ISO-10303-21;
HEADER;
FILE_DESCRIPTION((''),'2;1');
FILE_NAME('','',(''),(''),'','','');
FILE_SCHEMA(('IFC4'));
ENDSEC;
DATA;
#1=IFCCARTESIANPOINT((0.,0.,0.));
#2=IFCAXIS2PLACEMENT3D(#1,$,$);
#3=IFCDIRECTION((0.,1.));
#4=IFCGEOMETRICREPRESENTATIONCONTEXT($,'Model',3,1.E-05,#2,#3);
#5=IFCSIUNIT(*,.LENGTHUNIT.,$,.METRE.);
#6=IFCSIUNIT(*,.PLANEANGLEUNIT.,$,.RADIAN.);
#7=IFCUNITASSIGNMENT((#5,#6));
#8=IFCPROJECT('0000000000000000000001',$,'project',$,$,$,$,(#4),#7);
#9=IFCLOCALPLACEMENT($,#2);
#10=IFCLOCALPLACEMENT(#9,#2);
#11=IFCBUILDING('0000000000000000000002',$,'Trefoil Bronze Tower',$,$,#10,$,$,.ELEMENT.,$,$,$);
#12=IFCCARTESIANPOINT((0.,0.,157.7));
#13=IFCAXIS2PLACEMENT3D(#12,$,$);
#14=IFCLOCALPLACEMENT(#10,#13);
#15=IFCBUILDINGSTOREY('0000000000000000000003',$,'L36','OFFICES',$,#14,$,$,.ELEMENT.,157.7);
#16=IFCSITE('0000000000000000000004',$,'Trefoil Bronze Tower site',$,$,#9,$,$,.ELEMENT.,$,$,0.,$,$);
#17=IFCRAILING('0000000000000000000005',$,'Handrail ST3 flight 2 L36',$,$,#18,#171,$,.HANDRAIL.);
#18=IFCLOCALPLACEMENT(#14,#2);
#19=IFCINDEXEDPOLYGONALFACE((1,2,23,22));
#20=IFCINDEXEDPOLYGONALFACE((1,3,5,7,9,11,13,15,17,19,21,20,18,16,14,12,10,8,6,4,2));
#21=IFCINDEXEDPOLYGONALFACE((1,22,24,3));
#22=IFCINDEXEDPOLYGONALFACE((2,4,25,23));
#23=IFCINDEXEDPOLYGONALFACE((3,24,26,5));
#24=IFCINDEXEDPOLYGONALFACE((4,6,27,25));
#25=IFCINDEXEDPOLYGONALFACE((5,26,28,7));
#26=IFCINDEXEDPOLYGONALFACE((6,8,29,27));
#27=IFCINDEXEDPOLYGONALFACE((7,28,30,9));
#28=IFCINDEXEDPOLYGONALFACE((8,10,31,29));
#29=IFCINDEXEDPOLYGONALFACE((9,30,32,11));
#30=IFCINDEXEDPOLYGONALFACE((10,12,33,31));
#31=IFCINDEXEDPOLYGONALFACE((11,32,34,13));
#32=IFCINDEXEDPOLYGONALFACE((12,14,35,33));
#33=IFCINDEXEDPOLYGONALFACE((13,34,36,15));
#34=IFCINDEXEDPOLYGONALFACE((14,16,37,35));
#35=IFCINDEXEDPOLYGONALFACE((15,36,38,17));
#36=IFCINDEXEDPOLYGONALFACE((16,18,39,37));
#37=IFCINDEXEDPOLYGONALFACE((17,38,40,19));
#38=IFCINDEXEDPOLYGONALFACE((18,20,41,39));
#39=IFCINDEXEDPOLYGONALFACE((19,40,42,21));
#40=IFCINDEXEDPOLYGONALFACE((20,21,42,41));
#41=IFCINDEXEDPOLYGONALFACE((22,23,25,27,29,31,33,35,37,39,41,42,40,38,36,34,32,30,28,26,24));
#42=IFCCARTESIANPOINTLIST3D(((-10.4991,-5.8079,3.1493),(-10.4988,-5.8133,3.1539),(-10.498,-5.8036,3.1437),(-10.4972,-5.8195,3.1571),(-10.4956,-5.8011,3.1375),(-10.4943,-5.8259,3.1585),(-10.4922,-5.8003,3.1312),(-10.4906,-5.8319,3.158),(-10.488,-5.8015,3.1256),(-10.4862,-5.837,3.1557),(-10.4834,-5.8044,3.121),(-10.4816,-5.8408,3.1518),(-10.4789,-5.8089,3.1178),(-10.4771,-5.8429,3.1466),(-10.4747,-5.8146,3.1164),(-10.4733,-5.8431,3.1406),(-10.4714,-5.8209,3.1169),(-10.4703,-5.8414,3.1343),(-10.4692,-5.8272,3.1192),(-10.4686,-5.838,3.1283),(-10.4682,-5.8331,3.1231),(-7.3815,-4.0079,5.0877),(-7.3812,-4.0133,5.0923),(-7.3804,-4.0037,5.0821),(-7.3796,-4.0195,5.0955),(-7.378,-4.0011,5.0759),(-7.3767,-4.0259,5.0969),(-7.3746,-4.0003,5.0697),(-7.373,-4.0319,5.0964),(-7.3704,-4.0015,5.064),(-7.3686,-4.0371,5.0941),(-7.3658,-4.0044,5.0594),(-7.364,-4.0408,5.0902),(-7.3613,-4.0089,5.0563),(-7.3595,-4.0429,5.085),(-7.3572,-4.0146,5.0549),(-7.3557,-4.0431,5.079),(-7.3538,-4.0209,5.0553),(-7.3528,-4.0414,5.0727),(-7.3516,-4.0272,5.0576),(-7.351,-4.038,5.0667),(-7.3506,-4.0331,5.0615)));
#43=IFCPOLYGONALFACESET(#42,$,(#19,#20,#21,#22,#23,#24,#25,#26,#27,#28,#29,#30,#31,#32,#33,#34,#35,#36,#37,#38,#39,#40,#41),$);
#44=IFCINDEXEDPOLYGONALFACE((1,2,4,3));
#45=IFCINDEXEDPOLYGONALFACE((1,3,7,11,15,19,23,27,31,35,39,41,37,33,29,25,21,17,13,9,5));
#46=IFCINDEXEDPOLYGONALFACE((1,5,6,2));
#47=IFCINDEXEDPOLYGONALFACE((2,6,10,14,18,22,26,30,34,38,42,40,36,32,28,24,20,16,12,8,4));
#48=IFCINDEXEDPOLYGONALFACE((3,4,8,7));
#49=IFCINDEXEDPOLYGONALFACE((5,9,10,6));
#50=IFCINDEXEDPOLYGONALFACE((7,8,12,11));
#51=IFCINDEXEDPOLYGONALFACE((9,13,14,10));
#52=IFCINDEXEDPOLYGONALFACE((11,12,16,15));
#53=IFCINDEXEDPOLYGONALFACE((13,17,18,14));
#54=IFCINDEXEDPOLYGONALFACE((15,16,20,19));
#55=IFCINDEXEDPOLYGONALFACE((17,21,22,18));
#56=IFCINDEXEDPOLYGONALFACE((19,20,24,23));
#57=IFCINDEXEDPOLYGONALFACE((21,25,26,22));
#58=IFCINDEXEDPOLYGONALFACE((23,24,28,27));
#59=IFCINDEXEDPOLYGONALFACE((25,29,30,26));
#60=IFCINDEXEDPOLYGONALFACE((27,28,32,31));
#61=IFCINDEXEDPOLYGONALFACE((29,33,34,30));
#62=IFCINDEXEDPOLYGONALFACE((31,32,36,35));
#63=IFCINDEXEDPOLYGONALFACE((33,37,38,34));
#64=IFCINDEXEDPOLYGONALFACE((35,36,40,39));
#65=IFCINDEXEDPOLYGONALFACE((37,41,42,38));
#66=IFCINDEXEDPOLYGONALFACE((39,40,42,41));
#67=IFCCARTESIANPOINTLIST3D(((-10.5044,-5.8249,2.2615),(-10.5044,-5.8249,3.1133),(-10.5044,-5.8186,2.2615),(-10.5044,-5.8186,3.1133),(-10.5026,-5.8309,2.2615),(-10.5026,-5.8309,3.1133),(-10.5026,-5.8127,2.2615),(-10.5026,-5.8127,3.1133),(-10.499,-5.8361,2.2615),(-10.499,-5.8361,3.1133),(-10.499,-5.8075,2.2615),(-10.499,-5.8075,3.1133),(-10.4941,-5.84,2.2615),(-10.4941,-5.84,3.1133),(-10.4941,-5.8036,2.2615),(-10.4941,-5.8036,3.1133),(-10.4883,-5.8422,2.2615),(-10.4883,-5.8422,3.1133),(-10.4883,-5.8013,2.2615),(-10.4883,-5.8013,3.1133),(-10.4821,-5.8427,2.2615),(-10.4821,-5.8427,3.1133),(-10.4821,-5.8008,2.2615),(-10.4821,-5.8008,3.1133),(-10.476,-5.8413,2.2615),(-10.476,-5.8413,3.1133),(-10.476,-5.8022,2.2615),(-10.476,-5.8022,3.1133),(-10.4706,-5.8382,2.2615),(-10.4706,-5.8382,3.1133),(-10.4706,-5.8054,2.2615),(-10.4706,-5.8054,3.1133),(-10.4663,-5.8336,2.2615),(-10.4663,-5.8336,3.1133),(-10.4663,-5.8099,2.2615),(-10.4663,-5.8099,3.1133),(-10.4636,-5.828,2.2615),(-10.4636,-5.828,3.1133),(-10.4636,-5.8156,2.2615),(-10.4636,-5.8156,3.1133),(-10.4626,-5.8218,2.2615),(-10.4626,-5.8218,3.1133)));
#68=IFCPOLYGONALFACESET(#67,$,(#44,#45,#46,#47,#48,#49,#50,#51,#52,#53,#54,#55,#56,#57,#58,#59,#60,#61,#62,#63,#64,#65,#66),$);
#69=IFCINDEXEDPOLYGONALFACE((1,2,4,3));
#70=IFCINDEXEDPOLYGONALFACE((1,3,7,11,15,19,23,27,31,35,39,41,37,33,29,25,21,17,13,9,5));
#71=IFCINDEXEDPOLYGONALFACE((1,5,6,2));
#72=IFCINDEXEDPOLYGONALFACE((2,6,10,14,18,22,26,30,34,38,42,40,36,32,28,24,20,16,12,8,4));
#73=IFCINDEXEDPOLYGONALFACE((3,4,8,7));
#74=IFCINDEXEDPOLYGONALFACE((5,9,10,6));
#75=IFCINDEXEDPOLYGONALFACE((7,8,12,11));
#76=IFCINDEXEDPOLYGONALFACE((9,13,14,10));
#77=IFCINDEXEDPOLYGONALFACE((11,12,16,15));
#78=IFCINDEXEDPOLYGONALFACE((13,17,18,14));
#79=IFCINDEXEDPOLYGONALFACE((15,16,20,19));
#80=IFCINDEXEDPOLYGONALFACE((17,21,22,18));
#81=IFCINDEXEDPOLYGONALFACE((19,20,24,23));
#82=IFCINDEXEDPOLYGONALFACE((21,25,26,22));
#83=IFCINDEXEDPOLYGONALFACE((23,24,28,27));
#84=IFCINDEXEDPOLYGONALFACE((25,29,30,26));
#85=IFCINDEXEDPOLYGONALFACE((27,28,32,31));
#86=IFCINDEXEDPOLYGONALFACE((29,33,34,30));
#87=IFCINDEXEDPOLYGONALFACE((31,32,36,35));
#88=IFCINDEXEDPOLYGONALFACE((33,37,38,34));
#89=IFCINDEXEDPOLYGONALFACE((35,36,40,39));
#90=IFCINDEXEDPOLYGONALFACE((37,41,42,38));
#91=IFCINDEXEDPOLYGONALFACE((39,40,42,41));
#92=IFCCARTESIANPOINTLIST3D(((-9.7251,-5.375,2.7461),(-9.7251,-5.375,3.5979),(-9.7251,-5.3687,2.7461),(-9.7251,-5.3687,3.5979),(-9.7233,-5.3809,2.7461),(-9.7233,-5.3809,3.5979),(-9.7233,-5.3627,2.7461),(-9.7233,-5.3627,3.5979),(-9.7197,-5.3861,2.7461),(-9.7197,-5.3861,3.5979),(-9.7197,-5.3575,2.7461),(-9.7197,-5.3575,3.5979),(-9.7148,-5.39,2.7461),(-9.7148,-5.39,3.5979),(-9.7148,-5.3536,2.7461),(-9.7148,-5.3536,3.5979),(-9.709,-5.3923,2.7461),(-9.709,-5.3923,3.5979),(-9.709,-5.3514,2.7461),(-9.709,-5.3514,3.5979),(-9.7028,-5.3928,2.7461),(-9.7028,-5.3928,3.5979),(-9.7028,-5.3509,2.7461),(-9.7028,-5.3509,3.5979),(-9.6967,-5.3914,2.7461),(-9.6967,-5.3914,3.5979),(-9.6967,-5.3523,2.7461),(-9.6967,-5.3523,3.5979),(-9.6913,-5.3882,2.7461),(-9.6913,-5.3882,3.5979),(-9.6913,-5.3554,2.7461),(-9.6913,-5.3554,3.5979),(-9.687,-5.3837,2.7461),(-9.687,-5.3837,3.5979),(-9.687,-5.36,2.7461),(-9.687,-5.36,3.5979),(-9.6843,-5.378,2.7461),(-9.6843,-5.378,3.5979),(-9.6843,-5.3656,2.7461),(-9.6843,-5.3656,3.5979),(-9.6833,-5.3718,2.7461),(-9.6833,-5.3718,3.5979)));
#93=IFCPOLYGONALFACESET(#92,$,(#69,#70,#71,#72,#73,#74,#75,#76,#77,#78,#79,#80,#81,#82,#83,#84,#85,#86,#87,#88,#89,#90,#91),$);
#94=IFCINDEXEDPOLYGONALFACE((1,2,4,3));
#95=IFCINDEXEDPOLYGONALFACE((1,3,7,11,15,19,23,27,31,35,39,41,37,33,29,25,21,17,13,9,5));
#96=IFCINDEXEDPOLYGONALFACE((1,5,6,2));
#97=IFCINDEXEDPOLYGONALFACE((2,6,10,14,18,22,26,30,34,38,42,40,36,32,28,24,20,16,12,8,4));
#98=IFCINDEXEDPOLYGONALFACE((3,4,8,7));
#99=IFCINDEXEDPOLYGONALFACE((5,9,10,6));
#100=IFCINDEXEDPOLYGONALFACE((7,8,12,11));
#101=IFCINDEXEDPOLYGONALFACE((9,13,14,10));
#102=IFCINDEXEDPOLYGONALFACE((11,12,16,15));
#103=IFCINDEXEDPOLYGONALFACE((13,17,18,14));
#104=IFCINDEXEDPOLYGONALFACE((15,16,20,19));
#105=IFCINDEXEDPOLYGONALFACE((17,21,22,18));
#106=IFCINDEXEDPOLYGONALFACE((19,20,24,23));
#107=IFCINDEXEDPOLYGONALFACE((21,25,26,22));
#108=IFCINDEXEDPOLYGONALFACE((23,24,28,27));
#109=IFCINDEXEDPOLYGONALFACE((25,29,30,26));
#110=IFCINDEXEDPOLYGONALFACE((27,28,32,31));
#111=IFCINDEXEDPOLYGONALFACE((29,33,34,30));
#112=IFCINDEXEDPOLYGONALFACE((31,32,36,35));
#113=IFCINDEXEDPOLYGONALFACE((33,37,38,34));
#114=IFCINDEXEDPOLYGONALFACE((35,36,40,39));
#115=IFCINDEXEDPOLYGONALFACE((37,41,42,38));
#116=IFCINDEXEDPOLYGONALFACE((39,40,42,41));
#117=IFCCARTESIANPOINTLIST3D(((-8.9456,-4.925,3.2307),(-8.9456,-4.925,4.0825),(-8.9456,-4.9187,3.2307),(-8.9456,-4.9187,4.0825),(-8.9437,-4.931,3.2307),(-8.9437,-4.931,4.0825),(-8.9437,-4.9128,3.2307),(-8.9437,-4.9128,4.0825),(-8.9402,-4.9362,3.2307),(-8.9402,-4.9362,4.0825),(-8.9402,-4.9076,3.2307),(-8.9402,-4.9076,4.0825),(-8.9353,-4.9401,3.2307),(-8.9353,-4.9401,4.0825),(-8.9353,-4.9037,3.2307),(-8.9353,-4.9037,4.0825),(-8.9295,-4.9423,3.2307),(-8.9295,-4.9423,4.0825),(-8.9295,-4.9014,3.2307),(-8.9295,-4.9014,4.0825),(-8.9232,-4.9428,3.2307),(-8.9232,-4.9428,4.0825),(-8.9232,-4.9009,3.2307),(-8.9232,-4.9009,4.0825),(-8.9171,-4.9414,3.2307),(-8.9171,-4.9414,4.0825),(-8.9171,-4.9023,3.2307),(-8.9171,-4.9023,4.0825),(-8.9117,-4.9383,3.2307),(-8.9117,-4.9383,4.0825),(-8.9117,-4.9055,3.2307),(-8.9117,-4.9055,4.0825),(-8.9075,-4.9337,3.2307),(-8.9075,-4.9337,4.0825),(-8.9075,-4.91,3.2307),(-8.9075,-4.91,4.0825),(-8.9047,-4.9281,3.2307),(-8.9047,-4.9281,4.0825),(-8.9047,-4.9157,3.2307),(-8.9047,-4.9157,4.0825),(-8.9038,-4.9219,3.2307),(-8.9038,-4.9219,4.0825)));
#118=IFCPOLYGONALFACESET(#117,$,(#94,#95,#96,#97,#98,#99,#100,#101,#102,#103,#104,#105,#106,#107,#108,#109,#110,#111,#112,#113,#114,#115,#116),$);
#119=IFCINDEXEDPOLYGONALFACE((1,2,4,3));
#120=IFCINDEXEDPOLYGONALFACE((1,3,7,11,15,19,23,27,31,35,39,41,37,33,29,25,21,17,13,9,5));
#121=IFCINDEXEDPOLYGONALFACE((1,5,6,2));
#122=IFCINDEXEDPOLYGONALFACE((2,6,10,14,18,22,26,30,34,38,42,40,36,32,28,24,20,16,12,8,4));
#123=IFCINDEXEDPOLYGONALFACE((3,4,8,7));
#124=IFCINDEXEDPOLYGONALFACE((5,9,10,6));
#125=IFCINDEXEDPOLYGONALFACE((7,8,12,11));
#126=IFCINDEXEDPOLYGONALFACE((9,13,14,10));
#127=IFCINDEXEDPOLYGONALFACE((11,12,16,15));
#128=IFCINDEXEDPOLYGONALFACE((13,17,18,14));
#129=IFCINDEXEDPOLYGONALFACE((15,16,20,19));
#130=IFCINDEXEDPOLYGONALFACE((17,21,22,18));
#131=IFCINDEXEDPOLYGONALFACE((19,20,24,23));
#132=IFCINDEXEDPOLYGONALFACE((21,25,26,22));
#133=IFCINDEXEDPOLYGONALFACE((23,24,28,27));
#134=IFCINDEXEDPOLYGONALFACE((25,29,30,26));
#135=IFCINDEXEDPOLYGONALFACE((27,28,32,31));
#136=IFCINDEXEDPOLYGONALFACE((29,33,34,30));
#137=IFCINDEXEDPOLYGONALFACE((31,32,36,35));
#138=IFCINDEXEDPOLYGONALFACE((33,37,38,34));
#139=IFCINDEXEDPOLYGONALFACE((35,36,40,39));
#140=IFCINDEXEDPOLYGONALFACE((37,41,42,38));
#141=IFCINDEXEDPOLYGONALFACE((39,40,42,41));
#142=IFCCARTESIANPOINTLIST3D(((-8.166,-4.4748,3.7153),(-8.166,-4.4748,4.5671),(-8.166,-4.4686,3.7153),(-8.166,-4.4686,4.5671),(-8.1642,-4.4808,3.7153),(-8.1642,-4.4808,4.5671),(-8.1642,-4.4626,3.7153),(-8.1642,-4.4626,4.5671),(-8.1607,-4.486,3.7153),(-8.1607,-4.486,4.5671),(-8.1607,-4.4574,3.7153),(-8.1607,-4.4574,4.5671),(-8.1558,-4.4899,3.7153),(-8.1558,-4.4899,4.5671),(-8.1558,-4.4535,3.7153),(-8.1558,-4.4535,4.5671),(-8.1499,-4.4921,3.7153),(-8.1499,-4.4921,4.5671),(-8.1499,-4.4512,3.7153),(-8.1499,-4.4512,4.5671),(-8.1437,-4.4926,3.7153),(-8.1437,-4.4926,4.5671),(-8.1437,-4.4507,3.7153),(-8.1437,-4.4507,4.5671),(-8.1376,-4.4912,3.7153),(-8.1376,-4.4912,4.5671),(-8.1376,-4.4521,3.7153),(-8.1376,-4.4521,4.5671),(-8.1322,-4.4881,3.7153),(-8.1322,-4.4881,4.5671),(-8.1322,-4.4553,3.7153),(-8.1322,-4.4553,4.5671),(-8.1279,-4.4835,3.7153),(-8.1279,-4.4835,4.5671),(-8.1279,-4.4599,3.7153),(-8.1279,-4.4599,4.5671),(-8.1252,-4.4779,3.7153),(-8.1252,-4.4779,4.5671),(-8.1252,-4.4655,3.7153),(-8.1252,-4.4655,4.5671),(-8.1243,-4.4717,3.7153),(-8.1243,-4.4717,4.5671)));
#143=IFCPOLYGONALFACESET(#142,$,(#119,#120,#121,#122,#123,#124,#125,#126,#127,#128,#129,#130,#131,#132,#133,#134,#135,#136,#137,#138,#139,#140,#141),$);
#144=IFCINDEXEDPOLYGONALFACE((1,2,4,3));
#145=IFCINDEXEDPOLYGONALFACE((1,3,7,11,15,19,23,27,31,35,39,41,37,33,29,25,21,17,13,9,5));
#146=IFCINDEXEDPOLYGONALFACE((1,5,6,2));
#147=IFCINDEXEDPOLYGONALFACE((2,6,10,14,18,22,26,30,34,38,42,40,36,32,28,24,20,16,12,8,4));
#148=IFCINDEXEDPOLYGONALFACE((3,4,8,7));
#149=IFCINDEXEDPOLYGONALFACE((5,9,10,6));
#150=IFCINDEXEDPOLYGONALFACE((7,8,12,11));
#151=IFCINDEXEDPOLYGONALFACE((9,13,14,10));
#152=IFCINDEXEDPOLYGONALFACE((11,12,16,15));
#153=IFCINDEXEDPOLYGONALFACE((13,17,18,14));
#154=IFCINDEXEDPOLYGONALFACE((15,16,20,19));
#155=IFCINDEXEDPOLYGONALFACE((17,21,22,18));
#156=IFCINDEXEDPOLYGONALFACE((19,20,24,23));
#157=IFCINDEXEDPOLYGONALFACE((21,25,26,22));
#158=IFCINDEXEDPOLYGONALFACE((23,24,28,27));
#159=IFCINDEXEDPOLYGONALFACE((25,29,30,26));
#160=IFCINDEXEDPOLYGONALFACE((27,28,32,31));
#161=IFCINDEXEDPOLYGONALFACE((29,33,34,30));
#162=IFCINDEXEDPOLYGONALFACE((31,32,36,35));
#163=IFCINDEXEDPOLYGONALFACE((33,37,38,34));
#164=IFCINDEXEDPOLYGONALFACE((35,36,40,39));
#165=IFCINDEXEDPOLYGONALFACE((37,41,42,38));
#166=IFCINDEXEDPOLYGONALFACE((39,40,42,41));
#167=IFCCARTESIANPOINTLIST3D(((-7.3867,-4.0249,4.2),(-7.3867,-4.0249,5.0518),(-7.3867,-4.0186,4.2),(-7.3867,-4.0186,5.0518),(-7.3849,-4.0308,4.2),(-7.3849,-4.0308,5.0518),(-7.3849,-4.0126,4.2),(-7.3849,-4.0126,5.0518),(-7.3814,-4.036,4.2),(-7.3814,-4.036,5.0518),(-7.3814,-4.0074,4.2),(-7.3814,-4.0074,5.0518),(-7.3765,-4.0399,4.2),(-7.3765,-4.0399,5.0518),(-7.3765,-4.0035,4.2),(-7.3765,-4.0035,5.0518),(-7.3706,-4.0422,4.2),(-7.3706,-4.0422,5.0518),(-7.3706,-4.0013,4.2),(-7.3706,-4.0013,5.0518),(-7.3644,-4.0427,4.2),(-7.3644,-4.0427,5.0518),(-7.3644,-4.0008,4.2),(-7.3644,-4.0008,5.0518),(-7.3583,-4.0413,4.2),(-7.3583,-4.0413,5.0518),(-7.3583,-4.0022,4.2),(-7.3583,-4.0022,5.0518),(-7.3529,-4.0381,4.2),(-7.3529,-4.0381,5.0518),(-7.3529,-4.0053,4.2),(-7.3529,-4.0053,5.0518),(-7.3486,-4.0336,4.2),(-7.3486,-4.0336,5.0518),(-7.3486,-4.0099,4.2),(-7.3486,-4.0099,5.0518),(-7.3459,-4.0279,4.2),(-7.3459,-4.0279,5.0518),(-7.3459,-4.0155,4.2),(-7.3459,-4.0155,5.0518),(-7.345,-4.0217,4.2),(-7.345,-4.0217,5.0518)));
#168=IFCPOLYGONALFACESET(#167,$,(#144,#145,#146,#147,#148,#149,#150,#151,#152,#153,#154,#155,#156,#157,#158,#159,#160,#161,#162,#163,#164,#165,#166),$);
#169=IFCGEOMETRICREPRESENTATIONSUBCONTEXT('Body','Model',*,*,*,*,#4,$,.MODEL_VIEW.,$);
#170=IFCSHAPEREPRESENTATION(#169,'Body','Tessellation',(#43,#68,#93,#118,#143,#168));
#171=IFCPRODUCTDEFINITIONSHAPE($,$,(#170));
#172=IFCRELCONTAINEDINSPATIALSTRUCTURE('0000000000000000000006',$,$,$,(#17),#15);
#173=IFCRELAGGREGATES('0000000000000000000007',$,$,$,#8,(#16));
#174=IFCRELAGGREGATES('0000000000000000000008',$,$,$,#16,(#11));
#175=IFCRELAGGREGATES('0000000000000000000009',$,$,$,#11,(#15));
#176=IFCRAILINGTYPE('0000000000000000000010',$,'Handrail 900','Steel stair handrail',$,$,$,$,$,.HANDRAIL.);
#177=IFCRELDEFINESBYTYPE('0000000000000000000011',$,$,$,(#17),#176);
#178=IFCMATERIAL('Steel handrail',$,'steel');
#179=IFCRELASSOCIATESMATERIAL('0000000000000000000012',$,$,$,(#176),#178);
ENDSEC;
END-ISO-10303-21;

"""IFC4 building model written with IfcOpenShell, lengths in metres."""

from ifc_helpers import new_model, si_unit, direction, frame, origin, origin_2d, place, context, subcontext, project, spatial, circle, extrude, material, type_object, element, save


model = new_model("IFC4")

# Units and contexts
model_context = context("Model", 3, precision=1e-05, world=origin(), true_north=direction((0.0, 1.0)))
body_context = subcontext(model_context, "Body", "Model", "MODEL_VIEW")
ifc_project = project(units=[si_unit("LENGTHUNIT", "METRE"), si_unit("PLANEANGLEUNIT", "RADIAN")], contexts=[model_context])

# Site, building, storey
site_placement = place(None, origin())
site = spatial("IfcSite", under=ifc_project, at=site_placement, Name="Trefoil Bronze Tower site", CompositionType="ELEMENT", RefElevation=0.0)
building_placement = place(site_placement, origin())
building = spatial("IfcBuilding", under=site, at=building_placement, Name="Trefoil Bronze Tower", CompositionType="ELEMENT")
storey_placement = place(building_placement, frame((0.0, 0.0, 157.7)))
storey = spatial("IfcBuildingStorey", under=building, at=storey_placement, Name="L36", Description="OFFICES", CompositionType="ELEMENT", Elevation=157.7)

# Railing
ifc_material_1 = material(Name="Steel handrail", Category="steel")
railing_type = type_object("IfcRailingType", Name="Handrail 900", Description="Steel stair handrail", PredefinedType="HANDRAIL", material=ifc_material_1)
railing_1_placement = place(storey_placement, frame((-10.4836, -5.8218, 2.2615)))
element("IfcRailing", 1, at=railing_1_placement, inside=storey, type_object=railing_type, Name="Handrail ST3 flight 2 L36", PredefinedType="HANDRAIL", context=body_context, shape_type="SweptSolid", body=[
    extrude(circle(Radius=0.0239, at=origin_2d()), frame((0.0, 0.0, 0.876), z_axis=(0.762503, 0.440246, 0.474102), x_axis=(-0.500012, 0.866018, 0.0)), (0.0, 0.0, 1.0), 4.0886),
    extrude(circle(Radius=0.021, at=origin_2d()), origin(), (0.0, 0.0, 1.0), 0.8518),
    extrude(circle(Radius=0.021, at=origin_2d()), frame((0.7793, 0.45, 0.4846)), (0.0, 0.0, 1.0), 0.8518),
    extrude(circle(Radius=0.021, at=origin_2d()), frame((1.5588, 0.8999, 0.9692)), (0.0, 0.0, 1.0), 0.8518),
    extrude(circle(Radius=0.021, at=origin_2d()), frame((2.3384, 1.3501, 1.4539)), (0.0, 0.0, 1.0), 0.8518),
    extrude(circle(Radius=0.021, at=origin_2d()), frame((3.1177, 1.8, 1.9385)), (0.0, 0.0, 1.0), 0.8518),
])

save(model, "model.ifc")
